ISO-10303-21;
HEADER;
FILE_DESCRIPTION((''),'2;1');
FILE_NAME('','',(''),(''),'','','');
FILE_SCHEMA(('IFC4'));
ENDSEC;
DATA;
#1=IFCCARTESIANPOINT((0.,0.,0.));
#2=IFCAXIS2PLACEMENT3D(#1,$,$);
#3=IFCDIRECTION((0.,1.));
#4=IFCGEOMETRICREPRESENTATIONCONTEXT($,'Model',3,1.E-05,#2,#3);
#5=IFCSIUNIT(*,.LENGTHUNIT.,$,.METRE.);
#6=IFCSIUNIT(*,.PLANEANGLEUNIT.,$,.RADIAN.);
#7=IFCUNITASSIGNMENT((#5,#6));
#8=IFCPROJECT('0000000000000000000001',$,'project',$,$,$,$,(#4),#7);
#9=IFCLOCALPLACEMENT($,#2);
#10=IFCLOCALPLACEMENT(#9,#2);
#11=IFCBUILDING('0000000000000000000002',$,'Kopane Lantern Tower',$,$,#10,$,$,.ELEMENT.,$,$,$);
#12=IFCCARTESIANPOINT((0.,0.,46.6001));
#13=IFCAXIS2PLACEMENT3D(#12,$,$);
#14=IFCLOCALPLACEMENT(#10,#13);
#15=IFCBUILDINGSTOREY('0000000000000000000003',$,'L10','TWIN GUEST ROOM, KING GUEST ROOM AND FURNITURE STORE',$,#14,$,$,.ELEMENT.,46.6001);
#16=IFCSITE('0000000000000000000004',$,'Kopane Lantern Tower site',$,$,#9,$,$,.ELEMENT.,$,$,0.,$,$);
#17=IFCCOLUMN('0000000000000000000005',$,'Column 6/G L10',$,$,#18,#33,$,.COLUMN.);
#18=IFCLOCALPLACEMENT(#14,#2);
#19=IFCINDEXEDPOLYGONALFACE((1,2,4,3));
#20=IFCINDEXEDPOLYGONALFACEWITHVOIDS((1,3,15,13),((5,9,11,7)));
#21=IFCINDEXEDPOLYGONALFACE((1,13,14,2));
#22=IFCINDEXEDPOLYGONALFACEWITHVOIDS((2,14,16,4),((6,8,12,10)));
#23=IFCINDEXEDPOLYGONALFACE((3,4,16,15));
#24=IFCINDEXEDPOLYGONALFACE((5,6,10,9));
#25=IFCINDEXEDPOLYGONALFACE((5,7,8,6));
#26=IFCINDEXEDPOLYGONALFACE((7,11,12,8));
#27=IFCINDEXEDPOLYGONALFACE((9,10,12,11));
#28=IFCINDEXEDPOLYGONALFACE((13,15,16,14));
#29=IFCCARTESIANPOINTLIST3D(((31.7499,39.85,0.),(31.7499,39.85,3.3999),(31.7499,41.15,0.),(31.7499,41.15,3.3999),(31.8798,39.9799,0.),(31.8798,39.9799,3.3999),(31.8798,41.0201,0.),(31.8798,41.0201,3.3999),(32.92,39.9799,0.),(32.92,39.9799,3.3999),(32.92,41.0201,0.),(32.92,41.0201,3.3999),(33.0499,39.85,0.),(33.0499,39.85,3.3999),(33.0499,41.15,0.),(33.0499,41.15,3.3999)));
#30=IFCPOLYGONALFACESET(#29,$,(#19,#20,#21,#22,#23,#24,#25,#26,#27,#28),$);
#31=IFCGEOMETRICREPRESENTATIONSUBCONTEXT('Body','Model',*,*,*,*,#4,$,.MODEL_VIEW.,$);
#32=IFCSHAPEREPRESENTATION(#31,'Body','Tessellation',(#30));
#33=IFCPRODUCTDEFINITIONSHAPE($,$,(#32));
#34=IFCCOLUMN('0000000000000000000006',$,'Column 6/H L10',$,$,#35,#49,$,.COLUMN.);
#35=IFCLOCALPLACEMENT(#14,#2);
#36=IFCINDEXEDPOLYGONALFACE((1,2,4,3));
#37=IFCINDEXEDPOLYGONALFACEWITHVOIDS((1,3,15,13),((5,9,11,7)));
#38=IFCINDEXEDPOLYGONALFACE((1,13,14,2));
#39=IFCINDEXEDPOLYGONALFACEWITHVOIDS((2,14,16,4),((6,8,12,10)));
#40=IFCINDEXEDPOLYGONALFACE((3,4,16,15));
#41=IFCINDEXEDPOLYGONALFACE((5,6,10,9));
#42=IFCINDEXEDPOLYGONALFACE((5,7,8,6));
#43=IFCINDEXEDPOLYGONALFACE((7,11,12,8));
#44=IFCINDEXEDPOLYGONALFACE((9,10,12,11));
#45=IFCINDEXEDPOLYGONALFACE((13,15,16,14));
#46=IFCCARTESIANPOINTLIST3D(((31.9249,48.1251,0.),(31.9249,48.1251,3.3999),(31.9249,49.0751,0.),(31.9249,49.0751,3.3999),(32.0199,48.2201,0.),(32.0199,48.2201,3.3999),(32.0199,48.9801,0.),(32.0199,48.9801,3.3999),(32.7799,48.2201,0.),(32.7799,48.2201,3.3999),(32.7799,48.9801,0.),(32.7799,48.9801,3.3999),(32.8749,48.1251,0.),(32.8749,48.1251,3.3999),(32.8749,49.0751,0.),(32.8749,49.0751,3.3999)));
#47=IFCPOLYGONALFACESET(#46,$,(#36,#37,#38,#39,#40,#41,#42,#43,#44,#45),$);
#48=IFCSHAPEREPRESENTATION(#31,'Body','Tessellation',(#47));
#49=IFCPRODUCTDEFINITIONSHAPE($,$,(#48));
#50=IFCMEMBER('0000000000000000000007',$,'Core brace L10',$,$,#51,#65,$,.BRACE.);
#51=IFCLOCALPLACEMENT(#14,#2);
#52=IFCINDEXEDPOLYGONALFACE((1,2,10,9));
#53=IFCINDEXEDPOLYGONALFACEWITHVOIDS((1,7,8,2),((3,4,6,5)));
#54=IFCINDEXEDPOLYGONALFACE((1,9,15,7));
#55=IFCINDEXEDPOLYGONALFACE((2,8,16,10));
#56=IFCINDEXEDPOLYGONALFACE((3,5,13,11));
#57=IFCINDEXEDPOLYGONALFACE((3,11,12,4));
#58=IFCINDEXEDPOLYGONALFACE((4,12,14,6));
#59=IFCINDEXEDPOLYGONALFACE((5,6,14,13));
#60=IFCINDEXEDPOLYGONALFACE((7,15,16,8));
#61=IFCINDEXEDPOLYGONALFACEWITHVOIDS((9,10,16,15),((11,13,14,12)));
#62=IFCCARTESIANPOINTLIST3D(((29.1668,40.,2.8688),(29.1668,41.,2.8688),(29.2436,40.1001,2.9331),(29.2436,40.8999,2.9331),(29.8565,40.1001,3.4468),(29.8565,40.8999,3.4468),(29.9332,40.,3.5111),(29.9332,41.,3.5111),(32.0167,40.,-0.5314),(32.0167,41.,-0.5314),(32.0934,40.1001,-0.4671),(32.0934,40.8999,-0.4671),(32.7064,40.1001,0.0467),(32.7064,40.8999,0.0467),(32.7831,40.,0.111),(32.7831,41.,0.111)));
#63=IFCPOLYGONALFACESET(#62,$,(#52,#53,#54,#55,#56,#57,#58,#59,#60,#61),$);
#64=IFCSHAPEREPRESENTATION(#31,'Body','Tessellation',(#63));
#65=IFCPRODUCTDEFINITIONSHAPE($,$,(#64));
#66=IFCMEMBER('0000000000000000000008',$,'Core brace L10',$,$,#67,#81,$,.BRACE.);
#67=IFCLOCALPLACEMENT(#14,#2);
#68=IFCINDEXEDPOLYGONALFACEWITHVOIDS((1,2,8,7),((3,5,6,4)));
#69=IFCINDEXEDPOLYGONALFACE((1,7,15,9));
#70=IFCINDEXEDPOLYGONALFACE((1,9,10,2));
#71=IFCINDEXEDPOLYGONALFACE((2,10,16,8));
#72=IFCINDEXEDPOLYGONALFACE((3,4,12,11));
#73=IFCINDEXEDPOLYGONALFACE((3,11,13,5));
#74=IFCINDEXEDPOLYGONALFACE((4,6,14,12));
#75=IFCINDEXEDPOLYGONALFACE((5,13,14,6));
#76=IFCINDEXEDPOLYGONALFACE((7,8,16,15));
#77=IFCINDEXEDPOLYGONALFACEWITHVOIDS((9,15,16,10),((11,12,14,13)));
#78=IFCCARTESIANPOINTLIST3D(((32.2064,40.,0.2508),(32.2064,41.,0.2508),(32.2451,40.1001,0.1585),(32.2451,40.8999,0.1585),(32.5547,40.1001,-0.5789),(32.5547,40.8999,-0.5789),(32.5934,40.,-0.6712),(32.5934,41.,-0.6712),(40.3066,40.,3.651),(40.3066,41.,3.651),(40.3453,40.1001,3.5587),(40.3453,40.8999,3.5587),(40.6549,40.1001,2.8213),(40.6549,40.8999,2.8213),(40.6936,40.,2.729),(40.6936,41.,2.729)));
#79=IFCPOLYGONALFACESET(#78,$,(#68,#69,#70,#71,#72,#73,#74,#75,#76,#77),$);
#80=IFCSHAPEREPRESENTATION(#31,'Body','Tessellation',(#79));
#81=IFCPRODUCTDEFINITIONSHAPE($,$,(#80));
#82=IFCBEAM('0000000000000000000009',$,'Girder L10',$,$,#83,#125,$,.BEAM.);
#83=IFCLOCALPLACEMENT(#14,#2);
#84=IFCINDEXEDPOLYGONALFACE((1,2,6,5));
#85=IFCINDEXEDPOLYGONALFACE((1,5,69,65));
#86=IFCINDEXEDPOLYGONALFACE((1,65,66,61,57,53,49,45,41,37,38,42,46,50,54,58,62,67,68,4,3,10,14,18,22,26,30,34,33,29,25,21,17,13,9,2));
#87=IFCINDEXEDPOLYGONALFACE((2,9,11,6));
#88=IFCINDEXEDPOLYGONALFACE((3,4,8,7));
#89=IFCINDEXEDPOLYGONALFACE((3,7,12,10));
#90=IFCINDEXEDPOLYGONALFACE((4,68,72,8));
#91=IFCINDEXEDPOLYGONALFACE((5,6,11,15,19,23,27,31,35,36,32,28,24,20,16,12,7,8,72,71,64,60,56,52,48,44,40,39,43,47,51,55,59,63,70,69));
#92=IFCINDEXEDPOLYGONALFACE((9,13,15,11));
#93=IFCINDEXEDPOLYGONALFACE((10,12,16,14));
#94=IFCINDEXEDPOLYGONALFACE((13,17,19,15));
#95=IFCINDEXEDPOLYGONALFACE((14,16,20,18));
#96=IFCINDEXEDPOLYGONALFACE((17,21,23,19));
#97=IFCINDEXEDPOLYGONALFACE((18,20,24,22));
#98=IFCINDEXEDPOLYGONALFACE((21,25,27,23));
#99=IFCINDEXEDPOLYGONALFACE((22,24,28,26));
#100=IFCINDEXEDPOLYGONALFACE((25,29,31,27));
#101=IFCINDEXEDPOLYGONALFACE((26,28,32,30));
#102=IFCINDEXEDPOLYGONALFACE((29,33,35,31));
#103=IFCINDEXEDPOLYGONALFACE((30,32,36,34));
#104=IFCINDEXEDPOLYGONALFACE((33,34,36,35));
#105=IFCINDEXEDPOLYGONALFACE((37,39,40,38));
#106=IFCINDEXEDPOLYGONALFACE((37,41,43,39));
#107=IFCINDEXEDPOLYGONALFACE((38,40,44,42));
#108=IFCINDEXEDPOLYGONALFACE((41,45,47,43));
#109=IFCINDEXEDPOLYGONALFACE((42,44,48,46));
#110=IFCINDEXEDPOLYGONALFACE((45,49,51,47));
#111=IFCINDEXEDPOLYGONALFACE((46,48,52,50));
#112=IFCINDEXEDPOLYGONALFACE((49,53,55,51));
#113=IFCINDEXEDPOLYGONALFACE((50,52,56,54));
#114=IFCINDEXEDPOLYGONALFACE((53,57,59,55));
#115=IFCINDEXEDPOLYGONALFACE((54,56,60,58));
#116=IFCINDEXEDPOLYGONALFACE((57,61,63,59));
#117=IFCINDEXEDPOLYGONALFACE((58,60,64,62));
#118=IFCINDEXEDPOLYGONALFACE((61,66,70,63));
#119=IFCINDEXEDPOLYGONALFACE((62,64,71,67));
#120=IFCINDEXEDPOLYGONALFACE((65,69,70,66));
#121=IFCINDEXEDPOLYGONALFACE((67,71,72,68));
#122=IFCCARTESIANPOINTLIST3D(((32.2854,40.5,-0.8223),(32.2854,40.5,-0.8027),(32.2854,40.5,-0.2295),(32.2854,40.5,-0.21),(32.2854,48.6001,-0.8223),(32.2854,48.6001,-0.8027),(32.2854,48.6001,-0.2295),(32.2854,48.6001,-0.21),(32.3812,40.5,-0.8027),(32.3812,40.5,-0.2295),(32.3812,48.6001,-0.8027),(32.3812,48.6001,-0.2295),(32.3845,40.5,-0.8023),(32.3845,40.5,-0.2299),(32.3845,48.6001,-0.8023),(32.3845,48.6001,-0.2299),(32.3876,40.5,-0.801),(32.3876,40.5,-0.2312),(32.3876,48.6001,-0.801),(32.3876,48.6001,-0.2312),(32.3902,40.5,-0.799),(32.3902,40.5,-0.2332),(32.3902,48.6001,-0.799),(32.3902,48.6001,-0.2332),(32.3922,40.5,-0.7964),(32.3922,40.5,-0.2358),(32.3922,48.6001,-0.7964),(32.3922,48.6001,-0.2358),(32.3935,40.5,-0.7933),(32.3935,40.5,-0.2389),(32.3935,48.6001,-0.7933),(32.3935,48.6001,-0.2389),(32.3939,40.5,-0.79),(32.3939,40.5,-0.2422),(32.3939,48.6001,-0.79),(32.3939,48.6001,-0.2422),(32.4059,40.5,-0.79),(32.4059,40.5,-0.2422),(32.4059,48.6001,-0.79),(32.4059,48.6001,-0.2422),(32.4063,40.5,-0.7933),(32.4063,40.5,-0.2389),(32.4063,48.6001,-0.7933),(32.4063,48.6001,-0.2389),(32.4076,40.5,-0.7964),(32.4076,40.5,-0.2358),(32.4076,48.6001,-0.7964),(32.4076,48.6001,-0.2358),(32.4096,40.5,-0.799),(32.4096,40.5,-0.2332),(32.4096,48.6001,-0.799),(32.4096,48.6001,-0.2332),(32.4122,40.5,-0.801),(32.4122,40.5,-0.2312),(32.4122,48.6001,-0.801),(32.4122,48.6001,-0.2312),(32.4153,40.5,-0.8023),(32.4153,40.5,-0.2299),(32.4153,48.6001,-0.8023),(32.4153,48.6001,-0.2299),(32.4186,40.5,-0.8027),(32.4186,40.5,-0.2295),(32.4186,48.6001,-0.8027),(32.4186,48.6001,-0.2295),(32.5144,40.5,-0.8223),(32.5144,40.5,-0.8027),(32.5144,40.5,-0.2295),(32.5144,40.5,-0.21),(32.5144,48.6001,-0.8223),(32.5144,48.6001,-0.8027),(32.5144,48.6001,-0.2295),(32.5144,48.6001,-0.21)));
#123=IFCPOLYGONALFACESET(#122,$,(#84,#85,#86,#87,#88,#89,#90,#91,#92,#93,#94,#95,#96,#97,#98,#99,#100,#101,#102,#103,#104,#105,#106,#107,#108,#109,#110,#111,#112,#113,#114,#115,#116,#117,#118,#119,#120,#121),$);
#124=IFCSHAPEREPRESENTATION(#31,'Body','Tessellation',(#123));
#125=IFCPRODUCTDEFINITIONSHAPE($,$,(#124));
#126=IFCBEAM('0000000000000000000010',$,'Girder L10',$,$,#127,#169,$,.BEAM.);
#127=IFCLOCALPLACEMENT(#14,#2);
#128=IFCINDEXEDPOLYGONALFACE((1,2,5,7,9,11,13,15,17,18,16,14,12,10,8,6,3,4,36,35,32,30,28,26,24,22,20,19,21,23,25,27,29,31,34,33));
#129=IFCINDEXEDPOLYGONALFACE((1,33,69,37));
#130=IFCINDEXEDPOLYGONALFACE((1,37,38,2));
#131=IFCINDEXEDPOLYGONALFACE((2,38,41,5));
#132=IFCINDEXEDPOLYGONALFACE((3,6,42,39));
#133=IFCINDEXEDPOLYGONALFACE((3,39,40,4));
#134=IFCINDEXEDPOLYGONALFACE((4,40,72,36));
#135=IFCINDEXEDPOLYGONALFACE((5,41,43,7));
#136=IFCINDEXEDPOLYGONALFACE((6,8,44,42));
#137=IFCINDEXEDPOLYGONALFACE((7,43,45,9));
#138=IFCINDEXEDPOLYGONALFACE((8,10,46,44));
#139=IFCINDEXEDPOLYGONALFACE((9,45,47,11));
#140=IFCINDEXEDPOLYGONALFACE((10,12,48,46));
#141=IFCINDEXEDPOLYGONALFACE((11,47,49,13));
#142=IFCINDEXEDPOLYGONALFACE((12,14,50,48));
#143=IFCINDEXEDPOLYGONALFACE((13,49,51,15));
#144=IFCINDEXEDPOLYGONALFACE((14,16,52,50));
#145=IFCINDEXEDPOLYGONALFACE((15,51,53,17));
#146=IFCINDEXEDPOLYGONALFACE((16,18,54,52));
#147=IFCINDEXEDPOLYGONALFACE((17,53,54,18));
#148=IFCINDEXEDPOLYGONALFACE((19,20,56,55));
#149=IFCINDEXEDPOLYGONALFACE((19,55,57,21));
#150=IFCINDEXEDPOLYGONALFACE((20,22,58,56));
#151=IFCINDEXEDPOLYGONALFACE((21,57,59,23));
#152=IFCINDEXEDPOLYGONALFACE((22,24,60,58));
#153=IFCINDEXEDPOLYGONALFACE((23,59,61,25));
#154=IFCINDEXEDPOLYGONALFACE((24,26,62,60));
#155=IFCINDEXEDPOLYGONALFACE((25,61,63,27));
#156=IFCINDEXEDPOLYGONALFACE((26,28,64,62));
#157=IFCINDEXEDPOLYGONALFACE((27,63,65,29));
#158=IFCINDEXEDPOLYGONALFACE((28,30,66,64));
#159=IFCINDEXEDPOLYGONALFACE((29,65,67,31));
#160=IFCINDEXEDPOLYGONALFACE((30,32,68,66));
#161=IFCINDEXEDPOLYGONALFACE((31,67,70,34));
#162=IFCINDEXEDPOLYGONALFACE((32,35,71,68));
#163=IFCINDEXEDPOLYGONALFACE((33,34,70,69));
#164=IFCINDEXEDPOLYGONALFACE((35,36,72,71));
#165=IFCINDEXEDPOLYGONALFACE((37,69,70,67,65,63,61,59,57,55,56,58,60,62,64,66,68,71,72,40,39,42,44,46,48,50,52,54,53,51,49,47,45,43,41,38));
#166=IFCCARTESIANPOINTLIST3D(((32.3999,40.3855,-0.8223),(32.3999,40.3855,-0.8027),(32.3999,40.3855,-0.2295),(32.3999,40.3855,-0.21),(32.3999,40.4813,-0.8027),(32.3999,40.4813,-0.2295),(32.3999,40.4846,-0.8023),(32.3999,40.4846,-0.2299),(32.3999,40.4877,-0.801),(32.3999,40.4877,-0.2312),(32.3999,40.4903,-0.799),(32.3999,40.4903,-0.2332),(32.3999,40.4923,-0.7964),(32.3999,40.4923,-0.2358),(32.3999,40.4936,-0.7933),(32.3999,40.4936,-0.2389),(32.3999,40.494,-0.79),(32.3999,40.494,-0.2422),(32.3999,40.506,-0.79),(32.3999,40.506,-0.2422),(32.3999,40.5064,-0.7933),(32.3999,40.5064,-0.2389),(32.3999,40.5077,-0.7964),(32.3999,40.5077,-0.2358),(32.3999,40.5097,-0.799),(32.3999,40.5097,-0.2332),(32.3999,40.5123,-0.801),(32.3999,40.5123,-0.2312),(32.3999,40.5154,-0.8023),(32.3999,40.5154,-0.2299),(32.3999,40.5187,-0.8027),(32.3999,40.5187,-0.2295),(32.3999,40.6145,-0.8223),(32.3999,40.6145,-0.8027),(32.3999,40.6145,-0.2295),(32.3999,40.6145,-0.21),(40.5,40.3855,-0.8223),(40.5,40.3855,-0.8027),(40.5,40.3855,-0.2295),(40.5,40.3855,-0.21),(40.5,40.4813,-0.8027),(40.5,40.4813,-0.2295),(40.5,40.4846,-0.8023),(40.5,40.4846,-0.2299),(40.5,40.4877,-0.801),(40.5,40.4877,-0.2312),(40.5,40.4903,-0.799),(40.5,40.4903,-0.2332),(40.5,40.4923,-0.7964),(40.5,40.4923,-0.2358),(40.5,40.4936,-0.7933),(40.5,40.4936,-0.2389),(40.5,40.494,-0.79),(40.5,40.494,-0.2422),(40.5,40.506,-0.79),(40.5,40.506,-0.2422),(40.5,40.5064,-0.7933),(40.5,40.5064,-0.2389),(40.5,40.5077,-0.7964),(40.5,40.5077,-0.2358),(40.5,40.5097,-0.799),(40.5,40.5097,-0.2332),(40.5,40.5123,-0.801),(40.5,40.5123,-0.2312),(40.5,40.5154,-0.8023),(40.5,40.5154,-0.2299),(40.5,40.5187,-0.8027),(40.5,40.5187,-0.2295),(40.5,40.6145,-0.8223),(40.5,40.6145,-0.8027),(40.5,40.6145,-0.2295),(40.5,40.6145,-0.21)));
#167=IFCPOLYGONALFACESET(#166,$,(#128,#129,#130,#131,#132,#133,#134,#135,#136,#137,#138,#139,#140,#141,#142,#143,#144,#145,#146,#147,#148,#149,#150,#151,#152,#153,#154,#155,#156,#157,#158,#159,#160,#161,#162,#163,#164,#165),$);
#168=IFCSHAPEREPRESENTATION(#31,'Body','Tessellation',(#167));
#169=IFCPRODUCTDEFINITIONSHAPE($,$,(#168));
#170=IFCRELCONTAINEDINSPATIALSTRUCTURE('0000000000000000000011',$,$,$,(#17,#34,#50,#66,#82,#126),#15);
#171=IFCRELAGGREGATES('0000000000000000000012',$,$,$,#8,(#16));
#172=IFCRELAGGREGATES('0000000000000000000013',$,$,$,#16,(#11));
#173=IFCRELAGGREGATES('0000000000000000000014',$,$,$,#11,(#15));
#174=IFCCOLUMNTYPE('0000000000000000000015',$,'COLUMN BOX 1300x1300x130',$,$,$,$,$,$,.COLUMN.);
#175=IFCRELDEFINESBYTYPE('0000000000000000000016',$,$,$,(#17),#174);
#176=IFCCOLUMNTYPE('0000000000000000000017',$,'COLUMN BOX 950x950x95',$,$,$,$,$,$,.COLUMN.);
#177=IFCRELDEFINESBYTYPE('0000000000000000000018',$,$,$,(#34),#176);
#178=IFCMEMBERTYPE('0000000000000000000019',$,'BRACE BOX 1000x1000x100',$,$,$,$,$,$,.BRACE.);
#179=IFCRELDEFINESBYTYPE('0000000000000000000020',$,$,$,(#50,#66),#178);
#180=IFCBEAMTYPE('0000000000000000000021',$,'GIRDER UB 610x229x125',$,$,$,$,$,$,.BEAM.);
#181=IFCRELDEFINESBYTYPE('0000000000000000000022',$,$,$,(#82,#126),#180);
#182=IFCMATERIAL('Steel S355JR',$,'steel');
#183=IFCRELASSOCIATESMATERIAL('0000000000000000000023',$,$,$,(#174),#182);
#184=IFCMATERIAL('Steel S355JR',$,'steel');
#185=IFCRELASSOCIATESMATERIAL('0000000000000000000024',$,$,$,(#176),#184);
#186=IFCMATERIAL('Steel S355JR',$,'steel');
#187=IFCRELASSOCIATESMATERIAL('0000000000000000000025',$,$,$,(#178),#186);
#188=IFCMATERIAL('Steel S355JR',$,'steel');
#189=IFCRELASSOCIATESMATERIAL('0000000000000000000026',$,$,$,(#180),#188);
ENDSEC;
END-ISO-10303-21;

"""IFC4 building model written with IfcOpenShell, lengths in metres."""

from ifc_helpers import new_model, si_unit, direction, frame, origin, origin_2d, place, context, subcontext, project, spatial, hollow_rectangle, i_section, extrude, material, material_profile, profile_set, type_object, element, save


model = new_model("IFC4")

# Units and contexts
model_context = context("Model", 3, precision=1e-05, world=origin(), true_north=direction((0.0, 1.0)))
body_context = subcontext(model_context, "Body", "Model", "MODEL_VIEW")
ifc_project = project(units=[si_unit("LENGTHUNIT", "METRE"), si_unit("PLANEANGLEUNIT", "RADIAN")], contexts=[model_context])

# Site, building, storey
site_placement = place(None, origin())
site = spatial("IfcSite", under=ifc_project, at=site_placement, Name="Kopane Lantern Tower site", CompositionType="ELEMENT", RefElevation=0.0)
building_placement = place(site_placement, origin())
building = spatial("IfcBuilding", under=site, at=building_placement, Name="Kopane Lantern Tower", CompositionType="ELEMENT")
storey_placement = place(building_placement, frame((0.0, 0.0, 46.6001)))
storey = spatial("IfcBuildingStorey", under=building, at=storey_placement, Name="L10", Description="TWIN GUEST ROOM, KING GUEST ROOM AND FURNITURE STORE", CompositionType="ELEMENT", Elevation=46.6001)

# Columns
ifc_material_1 = material(Name="Steel S355JR", Category="steel")
ifc_material_profile_1 = material_profile(ifc_material_1, hollow_rectangle(XDim=1.3, YDim=1.3, WallThickness=0.1299, at=origin_2d()), Name="BOX 1300x1300x130")
ifc_profile_set_1 = profile_set([ifc_material_profile_1], Name="Steel S355JR")
column_type_1 = type_object("IfcColumnType", Name="COLUMN BOX 1300x1300x130", PredefinedType="COLUMN", material=ifc_profile_set_1)
column_1_placement = place(storey_placement, frame((32.3999, 40.5, 0.0), z_axis=(0.0, 0.0, 1.0), x_axis=(1.0, 0.0, 0.0)))
element("IfcColumn", 1, at=column_1_placement, inside=storey, type_object=column_type_1, Name="Column 6/G L10", PredefinedType="COLUMN", context=body_context, shape_type="SweptSolid", body=[
    extrude(hollow_rectangle(XDim=1.3, YDim=1.3, WallThickness=0.1299, at=origin_2d()), origin(), (0.0, 0.0, 1.0), 3.3999),
])
ifc_material_2 = material(Name="Steel S355JR", Category="steel")
ifc_material_profile_2 = material_profile(ifc_material_2, hollow_rectangle(XDim=0.95, YDim=0.95, WallThickness=0.095, at=origin_2d()), Name="BOX 950x950x95")
ifc_profile_set_2 = profile_set([ifc_material_profile_2], Name="Steel S355JR")
column_type_2 = type_object("IfcColumnType", Name="COLUMN BOX 950x950x95", PredefinedType="COLUMN", material=ifc_profile_set_2)
column_2_placement = place(storey_placement, frame((32.3999, 48.6001, 0.0), z_axis=(0.0, 0.0, 1.0), x_axis=(1.0, 0.0, 0.0)))
element("IfcColumn", 2, at=column_2_placement, inside=storey, type_object=column_type_2, Name="Column 6/H L10", PredefinedType="COLUMN", context=body_context, shape_type="SweptSolid", body=[
    extrude(hollow_rectangle(XDim=0.95, YDim=0.95, WallThickness=0.095, at=origin_2d()), origin(), (0.0, 0.0, 1.0), 3.3999),
])

# Members
ifc_material_3 = material(Name="Steel S355JR", Category="steel")
ifc_material_profile_3 = material_profile(ifc_material_3, hollow_rectangle(XDim=1.0, YDim=1.0, WallThickness=0.1001, at=origin_2d()), Name="BOX 1000x1000x100")
ifc_profile_set_3 = profile_set([ifc_material_profile_3], Name="Steel S355JR")
member_type = type_object("IfcMemberType", Name="BRACE BOX 1000x1000x100", PredefinedType="BRACE", material=ifc_profile_set_3)
member_1_placement = place(storey_placement, frame((32.3999, 40.5, -0.2102), z_axis=(-0.642363, 0.0, 0.7664), x_axis=(0.0, -1.0, 0.0)))
element("IfcMember", 3, at=member_1_placement, inside=storey, type_object=member_type, Name="Core brace L10", PredefinedType="BRACE", context=body_context, shape_type="SweptSolid", body=[
    extrude(hollow_rectangle(XDim=1.0, YDim=1.0, WallThickness=0.1001, at=origin_2d()), origin(), (0.0, 0.0, 1.0), 4.4365),
])
member_2_placement = place(storey_placement, frame((32.3999, 40.5, -0.2102), z_axis=(0.922059, 0.0, 0.387049), x_axis=(0.0, 1.0, 0.0)))
element("IfcMember", 4, at=member_2_placement, inside=storey, type_object=member_type, Name="Core brace L10", PredefinedType="BRACE", context=body_context, shape_type="SweptSolid", body=[
    extrude(hollow_rectangle(XDim=1.0, YDim=1.0, WallThickness=0.1001, at=origin_2d()), origin(), (0.0, 0.0, 1.0), 8.7849),
])

# Beams
ifc_material_4 = material(Name="Steel S355JR", Category="steel")
ifc_material_profile_4 = material_profile(ifc_material_4, i_section(OverallWidth=0.229, OverallDepth=0.6123, WebThickness=0.012, FlangeThickness=0.0195, FilletRadius=0.0127, at=origin_2d()), Name="UB 610x229x125")
ifc_profile_set_4 = profile_set([ifc_material_profile_4], Name="Steel S355JR")
beam_type = type_object("IfcBeamType", Name="GIRDER UB 610x229x125", PredefinedType="BEAM", material=ifc_profile_set_4)
for number, where, z_axis, x_axis, name in (
    (5, (32.3999, 40.5, -0.5161), (0.0, 1.0, 0.0), (-1.0, 0.0, 0.0), "Girder L10"),
    (6, (32.3999, 40.5, -0.5161), (1.0, 0.0, 0.0), (0.0, 1.0, 0.0), "Girder L10"),
):
    element("IfcBeam", number, at=place(storey_placement, frame(where, z_axis=z_axis, x_axis=x_axis)), inside=storey, type_object=beam_type, Name=name, PredefinedType="BEAM", context=body_context, shape_type="SweptSolid", body=[
        extrude(i_section(OverallWidth=0.229, OverallDepth=0.6123, WebThickness=0.012, FlangeThickness=0.0195, FilletRadius=0.0127, at=origin_2d()), origin(), (0.0, 0.0, 1.0), 8.1001),
    ])

save(model, "model.ifc")
